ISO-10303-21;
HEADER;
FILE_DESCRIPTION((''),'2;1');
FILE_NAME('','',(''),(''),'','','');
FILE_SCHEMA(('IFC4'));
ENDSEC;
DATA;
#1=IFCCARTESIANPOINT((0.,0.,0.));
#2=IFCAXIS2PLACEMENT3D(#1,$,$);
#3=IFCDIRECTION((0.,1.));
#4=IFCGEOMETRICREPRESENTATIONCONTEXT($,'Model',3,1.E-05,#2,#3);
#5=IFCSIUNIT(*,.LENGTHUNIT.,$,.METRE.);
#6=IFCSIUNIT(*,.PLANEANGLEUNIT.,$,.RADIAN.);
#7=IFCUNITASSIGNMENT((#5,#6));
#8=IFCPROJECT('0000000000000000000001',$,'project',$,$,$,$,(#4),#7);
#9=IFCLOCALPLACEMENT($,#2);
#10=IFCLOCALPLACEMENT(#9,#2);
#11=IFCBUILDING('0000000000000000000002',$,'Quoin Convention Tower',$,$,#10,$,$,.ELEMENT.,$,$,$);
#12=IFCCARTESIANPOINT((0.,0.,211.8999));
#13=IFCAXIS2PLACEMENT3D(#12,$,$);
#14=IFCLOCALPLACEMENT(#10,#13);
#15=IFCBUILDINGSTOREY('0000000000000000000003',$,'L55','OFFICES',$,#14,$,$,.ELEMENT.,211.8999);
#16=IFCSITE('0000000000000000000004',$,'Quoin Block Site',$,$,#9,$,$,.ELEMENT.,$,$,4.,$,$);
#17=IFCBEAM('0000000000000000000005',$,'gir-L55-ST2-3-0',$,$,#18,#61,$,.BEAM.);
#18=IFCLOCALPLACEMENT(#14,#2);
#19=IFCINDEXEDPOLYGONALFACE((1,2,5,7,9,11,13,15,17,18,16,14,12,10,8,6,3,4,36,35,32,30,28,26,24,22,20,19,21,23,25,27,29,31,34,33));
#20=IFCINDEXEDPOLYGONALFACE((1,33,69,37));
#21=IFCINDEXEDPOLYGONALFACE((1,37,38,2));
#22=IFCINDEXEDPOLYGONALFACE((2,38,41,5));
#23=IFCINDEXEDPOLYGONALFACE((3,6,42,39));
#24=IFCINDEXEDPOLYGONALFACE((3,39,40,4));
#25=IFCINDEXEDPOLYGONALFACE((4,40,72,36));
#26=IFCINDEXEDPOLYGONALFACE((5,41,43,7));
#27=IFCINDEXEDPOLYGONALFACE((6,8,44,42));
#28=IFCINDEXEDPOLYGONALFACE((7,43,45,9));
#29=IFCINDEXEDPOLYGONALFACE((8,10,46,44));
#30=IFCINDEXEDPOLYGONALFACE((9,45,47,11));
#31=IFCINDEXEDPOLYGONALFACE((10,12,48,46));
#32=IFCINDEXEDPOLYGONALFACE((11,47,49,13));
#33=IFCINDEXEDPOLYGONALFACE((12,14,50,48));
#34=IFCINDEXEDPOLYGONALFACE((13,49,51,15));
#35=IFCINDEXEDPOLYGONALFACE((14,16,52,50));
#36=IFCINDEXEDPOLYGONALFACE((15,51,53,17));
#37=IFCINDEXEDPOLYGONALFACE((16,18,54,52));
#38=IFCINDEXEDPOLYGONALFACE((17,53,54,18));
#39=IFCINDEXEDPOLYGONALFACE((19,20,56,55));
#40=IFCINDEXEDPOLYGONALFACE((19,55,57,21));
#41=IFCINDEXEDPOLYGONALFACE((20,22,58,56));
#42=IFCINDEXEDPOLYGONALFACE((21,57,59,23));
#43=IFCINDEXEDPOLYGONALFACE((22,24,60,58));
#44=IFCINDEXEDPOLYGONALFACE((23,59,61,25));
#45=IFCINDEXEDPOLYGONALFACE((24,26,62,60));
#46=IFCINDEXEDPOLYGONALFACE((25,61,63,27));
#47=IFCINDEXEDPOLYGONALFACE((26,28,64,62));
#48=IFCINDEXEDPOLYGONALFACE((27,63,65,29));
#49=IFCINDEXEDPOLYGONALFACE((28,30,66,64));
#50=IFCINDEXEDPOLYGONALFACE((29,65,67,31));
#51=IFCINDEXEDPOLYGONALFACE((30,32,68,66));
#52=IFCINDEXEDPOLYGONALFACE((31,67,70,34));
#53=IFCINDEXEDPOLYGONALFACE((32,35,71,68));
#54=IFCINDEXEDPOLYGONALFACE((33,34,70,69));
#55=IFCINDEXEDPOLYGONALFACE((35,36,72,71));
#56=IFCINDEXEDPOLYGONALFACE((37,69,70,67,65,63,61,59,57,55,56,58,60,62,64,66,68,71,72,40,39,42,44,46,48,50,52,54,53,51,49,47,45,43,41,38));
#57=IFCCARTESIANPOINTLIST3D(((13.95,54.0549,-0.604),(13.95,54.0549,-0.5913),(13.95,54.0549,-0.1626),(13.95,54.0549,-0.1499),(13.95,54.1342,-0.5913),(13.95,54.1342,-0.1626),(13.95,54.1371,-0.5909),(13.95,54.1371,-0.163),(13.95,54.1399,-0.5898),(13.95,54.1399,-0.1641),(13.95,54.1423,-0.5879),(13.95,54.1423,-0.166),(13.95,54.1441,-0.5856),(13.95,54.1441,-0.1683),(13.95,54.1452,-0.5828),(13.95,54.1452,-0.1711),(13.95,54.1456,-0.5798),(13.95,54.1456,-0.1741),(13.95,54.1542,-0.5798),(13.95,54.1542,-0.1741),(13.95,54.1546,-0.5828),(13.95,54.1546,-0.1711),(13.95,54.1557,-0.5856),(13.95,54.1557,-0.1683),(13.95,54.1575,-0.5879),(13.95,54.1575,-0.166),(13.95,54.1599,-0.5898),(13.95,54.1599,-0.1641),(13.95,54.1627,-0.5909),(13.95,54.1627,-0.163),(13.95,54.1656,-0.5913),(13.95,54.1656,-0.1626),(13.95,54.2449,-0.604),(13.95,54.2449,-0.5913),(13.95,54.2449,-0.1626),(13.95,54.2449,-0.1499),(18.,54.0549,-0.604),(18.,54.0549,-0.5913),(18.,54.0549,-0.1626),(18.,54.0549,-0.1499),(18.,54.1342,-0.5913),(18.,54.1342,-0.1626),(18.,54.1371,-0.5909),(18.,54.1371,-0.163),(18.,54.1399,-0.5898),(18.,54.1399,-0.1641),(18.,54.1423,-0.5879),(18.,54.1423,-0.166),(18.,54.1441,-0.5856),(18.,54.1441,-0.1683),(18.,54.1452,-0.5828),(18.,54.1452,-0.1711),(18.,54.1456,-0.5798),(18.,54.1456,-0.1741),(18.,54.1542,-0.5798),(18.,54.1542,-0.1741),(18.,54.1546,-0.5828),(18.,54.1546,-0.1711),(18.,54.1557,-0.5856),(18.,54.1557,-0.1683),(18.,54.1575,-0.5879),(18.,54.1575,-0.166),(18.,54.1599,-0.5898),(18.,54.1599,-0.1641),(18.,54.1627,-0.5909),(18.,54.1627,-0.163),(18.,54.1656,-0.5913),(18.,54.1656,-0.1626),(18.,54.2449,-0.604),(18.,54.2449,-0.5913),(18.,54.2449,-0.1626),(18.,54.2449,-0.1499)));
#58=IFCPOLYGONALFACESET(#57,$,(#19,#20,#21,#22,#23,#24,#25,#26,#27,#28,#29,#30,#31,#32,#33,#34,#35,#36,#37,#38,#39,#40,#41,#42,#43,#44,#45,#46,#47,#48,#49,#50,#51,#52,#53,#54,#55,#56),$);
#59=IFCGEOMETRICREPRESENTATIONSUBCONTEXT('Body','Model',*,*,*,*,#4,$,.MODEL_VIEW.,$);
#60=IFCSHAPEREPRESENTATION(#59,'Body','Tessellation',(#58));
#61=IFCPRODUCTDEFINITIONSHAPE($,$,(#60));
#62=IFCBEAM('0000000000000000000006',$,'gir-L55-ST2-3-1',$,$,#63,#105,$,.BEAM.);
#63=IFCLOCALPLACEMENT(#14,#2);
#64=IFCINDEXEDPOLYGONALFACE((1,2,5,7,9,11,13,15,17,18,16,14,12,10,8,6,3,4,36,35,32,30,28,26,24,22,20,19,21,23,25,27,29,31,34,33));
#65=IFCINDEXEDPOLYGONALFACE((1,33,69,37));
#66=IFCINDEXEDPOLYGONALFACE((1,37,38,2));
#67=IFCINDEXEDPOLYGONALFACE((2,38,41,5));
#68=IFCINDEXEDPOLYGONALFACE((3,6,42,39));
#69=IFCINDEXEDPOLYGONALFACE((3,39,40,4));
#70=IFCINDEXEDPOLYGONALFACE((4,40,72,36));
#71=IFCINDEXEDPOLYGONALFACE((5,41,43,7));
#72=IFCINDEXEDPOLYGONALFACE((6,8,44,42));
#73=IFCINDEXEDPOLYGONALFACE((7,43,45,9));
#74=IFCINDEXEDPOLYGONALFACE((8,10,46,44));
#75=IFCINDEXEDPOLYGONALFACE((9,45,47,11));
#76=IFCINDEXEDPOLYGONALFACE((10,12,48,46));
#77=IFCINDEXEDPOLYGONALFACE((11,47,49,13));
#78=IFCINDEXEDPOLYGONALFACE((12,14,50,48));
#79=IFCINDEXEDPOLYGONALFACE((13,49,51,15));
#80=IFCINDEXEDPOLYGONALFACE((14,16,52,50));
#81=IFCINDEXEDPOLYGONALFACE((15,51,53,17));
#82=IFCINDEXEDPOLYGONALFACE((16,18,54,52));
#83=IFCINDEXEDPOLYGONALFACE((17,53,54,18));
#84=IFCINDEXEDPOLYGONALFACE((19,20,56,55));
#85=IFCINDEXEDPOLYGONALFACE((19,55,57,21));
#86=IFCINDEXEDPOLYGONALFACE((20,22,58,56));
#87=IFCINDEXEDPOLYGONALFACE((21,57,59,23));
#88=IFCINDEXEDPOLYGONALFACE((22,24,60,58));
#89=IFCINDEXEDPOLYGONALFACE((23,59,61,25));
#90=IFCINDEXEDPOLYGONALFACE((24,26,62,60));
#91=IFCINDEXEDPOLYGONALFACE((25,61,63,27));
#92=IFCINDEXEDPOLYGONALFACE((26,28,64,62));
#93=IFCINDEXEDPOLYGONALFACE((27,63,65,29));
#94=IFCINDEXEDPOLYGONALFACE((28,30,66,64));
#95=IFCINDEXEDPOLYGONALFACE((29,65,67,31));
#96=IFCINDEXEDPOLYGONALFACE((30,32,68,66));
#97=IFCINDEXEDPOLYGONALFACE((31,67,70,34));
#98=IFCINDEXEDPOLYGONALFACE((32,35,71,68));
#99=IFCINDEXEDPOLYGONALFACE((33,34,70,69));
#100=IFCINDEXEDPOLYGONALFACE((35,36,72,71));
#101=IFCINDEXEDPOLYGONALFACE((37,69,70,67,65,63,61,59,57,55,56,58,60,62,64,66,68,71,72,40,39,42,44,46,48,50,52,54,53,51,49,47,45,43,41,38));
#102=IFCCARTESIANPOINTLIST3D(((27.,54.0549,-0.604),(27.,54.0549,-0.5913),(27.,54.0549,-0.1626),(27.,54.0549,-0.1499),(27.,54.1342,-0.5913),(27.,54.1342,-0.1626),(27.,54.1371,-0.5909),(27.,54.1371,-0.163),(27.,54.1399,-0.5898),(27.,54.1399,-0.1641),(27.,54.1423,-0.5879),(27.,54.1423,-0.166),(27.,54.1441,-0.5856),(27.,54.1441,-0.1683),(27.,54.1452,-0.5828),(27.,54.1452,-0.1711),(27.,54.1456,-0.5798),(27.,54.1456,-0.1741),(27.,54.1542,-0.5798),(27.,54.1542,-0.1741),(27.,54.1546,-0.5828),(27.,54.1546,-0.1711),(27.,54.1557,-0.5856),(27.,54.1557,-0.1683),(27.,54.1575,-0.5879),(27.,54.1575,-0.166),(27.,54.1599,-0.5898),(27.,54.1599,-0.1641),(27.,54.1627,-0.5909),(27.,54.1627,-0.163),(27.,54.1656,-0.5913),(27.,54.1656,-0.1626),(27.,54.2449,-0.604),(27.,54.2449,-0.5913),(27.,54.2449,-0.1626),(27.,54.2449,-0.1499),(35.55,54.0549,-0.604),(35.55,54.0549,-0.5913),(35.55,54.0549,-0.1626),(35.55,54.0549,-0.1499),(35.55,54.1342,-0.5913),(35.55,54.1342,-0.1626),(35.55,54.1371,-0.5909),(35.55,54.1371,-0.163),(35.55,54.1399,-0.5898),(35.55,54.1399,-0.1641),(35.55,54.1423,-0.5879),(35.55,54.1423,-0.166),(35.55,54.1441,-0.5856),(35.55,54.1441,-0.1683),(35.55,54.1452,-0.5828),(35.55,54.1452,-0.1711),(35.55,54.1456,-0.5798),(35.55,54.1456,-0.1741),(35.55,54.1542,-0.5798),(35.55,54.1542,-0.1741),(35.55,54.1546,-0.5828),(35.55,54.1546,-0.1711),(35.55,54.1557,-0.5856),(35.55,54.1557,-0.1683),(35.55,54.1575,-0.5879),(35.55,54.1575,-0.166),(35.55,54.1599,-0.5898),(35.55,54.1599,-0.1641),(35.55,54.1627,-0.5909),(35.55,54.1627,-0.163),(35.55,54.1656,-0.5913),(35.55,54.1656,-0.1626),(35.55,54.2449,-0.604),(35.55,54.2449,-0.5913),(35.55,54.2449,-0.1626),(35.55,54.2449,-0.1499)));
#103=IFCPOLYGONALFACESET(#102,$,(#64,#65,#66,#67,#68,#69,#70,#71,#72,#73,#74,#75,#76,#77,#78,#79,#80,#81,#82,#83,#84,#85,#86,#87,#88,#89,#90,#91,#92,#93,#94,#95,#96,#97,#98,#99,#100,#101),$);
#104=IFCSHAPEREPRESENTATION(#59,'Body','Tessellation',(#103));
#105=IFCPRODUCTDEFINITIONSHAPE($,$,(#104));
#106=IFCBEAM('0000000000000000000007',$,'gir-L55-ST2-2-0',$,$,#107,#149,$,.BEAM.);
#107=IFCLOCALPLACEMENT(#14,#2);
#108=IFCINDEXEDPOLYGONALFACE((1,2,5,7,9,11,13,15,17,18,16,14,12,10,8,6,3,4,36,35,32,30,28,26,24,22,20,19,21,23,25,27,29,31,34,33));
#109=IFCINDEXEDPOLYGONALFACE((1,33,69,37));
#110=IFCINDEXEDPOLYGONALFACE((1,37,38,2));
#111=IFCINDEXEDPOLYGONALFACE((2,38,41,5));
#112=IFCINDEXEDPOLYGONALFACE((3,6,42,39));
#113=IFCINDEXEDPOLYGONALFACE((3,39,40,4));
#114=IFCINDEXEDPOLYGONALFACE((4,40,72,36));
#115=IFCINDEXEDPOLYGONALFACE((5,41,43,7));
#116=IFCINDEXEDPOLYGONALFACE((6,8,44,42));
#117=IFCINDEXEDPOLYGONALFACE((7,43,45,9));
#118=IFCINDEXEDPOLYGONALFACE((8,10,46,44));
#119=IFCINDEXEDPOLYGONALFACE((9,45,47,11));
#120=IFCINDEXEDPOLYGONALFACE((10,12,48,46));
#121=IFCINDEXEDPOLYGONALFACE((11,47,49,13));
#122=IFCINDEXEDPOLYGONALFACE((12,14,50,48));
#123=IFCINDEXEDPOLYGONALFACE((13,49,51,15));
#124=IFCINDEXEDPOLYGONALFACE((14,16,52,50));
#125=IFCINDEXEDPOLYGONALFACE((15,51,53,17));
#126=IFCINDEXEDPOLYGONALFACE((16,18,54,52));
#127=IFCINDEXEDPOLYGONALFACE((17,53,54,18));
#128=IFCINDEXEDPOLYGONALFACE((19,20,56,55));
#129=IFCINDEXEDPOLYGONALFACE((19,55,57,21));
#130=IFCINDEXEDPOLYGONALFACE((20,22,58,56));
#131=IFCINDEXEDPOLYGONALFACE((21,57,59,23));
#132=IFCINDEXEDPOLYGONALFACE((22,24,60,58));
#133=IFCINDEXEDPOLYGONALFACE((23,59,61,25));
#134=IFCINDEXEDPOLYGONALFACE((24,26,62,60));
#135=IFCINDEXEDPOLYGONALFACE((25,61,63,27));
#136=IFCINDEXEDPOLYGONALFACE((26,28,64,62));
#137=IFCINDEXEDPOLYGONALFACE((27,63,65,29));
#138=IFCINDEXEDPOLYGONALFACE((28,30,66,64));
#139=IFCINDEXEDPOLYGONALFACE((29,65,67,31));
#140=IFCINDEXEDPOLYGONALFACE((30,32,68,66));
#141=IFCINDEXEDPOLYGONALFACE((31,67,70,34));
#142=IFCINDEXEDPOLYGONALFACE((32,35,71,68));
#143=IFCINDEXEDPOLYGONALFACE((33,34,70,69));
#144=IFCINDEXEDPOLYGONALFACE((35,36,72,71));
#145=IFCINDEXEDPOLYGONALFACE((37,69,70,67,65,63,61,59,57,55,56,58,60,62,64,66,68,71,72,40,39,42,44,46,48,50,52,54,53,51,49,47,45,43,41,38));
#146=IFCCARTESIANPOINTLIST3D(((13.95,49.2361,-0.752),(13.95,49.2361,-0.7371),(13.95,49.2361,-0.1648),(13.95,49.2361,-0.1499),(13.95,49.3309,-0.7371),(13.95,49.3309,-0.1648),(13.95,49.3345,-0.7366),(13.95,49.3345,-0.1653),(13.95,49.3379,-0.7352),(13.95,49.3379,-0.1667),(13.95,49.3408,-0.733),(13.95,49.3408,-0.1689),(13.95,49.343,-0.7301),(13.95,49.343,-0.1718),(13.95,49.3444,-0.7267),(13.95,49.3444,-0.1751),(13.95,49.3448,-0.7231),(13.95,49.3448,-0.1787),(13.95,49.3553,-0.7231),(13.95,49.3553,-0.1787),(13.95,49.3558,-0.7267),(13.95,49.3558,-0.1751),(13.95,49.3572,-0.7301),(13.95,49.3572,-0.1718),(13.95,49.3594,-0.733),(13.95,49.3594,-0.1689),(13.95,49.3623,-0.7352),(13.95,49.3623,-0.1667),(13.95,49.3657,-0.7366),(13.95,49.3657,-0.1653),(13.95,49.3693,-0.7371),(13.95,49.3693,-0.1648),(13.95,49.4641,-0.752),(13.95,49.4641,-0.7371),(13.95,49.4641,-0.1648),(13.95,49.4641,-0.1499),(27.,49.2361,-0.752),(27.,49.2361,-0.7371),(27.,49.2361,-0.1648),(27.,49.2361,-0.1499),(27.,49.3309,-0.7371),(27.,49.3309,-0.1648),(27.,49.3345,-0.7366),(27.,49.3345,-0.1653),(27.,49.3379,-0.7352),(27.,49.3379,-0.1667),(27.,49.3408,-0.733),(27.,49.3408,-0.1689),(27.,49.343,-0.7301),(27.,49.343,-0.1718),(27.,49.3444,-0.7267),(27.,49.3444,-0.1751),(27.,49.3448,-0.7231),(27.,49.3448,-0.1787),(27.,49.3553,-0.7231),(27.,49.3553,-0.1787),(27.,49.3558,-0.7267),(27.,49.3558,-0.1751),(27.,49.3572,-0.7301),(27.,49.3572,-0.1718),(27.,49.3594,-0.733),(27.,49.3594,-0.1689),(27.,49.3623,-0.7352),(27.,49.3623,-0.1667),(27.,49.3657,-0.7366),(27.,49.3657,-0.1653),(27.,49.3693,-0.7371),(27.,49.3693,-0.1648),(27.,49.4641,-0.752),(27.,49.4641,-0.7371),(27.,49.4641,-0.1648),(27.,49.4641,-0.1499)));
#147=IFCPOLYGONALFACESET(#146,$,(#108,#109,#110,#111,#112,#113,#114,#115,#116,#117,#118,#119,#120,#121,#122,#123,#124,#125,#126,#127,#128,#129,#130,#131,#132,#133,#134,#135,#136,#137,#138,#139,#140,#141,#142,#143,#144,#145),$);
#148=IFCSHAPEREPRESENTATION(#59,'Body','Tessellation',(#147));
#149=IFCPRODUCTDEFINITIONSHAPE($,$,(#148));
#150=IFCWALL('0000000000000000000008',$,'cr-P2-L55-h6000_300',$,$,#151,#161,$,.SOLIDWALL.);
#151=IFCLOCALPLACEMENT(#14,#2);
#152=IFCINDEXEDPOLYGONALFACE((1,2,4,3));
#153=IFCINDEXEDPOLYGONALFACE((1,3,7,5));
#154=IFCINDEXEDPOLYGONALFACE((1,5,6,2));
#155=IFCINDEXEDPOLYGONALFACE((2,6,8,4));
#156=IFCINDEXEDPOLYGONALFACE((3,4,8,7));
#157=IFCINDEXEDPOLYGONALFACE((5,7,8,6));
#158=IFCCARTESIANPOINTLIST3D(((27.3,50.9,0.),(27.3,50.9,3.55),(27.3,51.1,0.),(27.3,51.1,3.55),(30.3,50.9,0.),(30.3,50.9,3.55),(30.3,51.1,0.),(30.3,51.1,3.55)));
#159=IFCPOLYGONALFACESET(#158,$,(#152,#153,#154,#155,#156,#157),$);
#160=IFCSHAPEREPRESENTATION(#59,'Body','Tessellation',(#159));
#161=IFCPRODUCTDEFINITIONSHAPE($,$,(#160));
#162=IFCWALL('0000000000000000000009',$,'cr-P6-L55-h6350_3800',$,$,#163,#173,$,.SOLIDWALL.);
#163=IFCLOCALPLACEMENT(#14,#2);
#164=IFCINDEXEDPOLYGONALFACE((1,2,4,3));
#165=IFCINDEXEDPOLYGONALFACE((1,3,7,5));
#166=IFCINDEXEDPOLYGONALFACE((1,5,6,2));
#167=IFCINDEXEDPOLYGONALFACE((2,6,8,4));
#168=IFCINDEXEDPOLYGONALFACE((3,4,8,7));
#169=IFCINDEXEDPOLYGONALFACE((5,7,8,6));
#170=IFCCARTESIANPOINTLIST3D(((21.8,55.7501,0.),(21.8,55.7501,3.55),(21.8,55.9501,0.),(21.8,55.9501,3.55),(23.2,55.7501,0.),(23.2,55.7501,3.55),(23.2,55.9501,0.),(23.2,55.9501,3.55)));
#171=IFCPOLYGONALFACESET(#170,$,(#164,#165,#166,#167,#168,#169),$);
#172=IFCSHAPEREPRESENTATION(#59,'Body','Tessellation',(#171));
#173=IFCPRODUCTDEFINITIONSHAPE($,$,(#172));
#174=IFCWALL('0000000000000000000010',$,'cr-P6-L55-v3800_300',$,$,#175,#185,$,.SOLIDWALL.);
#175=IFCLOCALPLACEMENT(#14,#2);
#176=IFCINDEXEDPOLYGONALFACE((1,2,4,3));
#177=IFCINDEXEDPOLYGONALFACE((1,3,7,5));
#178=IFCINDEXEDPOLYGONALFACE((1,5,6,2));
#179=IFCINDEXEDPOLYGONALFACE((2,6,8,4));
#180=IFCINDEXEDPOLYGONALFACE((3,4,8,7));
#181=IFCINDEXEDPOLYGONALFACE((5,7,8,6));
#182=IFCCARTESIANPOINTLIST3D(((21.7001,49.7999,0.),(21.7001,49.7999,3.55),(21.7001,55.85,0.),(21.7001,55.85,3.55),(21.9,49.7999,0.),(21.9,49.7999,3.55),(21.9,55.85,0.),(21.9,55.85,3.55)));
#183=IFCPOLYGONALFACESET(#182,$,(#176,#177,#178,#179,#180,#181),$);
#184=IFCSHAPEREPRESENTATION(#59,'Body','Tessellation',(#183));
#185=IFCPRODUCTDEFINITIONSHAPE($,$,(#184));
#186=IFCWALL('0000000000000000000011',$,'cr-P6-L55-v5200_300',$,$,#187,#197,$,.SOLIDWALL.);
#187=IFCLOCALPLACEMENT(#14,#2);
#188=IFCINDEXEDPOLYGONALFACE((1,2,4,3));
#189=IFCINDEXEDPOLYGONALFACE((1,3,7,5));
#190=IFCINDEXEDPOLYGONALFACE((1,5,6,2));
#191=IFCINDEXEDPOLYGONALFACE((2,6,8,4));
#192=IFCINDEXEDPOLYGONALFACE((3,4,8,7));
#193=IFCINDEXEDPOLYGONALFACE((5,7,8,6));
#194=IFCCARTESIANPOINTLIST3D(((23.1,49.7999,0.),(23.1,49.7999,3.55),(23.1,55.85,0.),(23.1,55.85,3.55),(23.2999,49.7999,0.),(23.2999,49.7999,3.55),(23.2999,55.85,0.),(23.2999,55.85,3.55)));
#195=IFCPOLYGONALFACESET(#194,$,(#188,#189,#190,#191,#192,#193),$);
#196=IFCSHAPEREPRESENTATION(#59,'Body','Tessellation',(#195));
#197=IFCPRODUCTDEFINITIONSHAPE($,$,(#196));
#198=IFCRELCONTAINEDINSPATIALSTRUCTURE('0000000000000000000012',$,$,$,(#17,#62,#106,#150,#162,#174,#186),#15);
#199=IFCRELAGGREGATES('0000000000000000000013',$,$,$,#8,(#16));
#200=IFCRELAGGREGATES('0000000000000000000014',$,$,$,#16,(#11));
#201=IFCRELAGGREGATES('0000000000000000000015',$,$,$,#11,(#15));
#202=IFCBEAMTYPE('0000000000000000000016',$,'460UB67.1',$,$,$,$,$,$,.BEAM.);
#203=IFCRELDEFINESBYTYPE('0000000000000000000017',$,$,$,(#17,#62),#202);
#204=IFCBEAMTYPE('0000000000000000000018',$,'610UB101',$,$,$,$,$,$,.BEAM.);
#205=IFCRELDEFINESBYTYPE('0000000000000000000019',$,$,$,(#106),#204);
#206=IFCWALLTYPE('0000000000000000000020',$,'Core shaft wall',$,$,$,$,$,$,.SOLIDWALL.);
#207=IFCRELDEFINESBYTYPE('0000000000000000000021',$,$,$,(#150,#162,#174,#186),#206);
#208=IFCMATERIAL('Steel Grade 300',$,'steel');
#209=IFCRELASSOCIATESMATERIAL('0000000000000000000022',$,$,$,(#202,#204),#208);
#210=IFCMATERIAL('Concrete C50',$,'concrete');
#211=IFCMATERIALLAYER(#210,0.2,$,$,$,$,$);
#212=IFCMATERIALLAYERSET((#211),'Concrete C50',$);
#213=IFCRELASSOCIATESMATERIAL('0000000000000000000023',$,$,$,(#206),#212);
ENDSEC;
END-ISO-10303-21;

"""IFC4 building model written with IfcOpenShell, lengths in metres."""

from ifc_helpers import new_model, si_unit, direction, frame, frame_2d, origin, origin_2d, place, context, subcontext, project, spatial, rectangle, i_section, extrude, material, layer, layer_set, material_profile, profile_set, type_object, element, save


model = new_model("IFC4")

# Units and contexts
model_context = context("Model", 3, precision=1e-05, world=origin(), true_north=direction((0.0, 1.0)))
body_context = subcontext(model_context, "Body", "Model", "MODEL_VIEW")
ifc_project = project(units=[si_unit("LENGTHUNIT", "METRE"), si_unit("PLANEANGLEUNIT", "RADIAN")], contexts=[model_context])

# Site, building, storey
site_placement = place(None, origin())
site = spatial("IfcSite", under=ifc_project, at=site_placement, Name="Quoin Block Site", CompositionType="ELEMENT", RefElevation=4.0)
building_placement = place(site_placement, origin())
building = spatial("IfcBuilding", under=site, at=building_placement, Name="Quoin Convention Tower", CompositionType="ELEMENT")
storey_placement = place(building_placement, frame((0.0, 0.0, 211.8999)))
storey = spatial("IfcBuildingStorey", under=building, at=storey_placement, Name="L55", Description="OFFICES", CompositionType="ELEMENT", Elevation=211.8999)

# Shared definitions
ifc_material_1 = material(Name="Concrete C50", Category="concrete")

# Beams
ifc_material_2 = material(Name="Steel Grade 300", Category="steel")
ifc_material_profile_1 = material_profile(ifc_material_2, i_section(OverallWidth=0.1899, OverallDepth=0.4541, WebThickness=0.0085, FlangeThickness=0.0127, FilletRadius=0.0115, at=origin_2d()), Name="460UB67.1")
ifc_profile_set_1 = profile_set([ifc_material_profile_1], Name="Steel Grade 300")
beam_type_1 = type_object("IfcBeamType", Name="460UB67.1", PredefinedType="BEAM", material=ifc_profile_set_1)
beam_1_placement = place(storey_placement, frame((13.95, 54.1499, -0.377), z_axis=(1.0, 0.0, 0.0), x_axis=(0.0, 1.0, 0.0)))
element("IfcBeam", 1, at=beam_1_placement, inside=storey, type_object=beam_type_1, Name="gir-L55-ST2-3-0", PredefinedType="BEAM", context=body_context, shape_type="SweptSolid", body=[
    extrude(i_section(OverallWidth=0.1899, OverallDepth=0.4541, WebThickness=0.0085, FlangeThickness=0.0127, FilletRadius=0.0115, at=origin_2d()), origin(), (0.0, 0.0, 1.0), 4.05),
])
beam_2_placement = place(storey_placement, frame((27.0, 54.1499, -0.377), z_axis=(1.0, 0.0, 0.0), x_axis=(0.0, 1.0, 0.0)))
element("IfcBeam", 2, at=beam_2_placement, inside=storey, type_object=beam_type_1, Name="gir-L55-ST2-3-1", PredefinedType="BEAM", context=body_context, shape_type="SweptSolid", body=[
    extrude(i_section(OverallWidth=0.1899, OverallDepth=0.4541, WebThickness=0.0085, FlangeThickness=0.0127, FilletRadius=0.0115, at=origin_2d()), origin(), (0.0, 0.0, 1.0), 8.55),
])
ifc_material_profile_2 = material_profile(ifc_material_2, i_section(OverallWidth=0.228, OverallDepth=0.6021, WebThickness=0.0105, FlangeThickness=0.0149, FilletRadius=0.0139, at=origin_2d()), Name="610UB101")
ifc_profile_set_2 = profile_set([ifc_material_profile_2], Name="Steel Grade 300")
beam_type_2 = type_object("IfcBeamType", Name="610UB101", PredefinedType="BEAM", material=ifc_profile_set_2)
beam_3_placement = place(storey_placement, frame((13.95, 49.3501, -0.4509), z_axis=(1.0, 0.0, 0.0), x_axis=(0.0, 1.0, 0.0)))
element("IfcBeam", 3, at=beam_3_placement, inside=storey, type_object=beam_type_2, Name="gir-L55-ST2-2-0", PredefinedType="BEAM", context=body_context, shape_type="SweptSolid", body=[
    extrude(i_section(OverallWidth=0.228, OverallDepth=0.6021, WebThickness=0.0105, FlangeThickness=0.0149, FilletRadius=0.0139, at=origin_2d()), origin(), (0.0, 0.0, 1.0), 13.05),
])

# Walls
ifc_layer_1 = layer(ifc_material_1, 0.2)
ifc_layer_set_1 = layer_set([ifc_layer_1], Name="Concrete C50")
wall_type_1 = type_object("IfcWallType", Name="Core shaft wall", PredefinedType="SOLIDWALL", material=ifc_layer_set_1)
wall_1_placement = place(storey_placement, frame((27.3, 51.0, 0.0), z_axis=(0.0, 0.0, 1.0), x_axis=(1.0, 0.0, 0.0)))
element("IfcWall", 4, at=wall_1_placement, inside=storey, type_object=wall_type_1, Name="cr-P2-L55-h6000_300", PredefinedType="SOLIDWALL", context=body_context, shape_type="SweptSolid", body=[
    extrude(rectangle(XDim=3.0, YDim=0.2, at=frame_2d((1.5, 0.0))), origin(), (0.0, 0.0, 1.0), 3.55),
])
wall_2_placement = place(storey_placement, frame((21.8, 55.8501, 0.0), z_axis=(0.0, 0.0, 1.0), x_axis=(1.0, 0.0, 0.0)))
element("IfcWall", 5, at=wall_2_placement, inside=storey, type_object=wall_type_1, Name="cr-P6-L55-h6350_3800", PredefinedType="SOLIDWALL", context=body_context, shape_type="SweptSolid", body=[
    extrude(rectangle(XDim=1.3999, YDim=0.2, at=frame_2d((0.7, 0.0))), origin(), (0.0, 0.0, 1.0), 3.55),
])
for number, where, z_axis, x_axis, name in (
    (6, (21.8, 49.8, 0.0), (0.0, 0.0, 1.0), (0.0, 1.0, 0.0), "cr-P6-L55-v3800_300"),
    (7, (23.2, 49.8, 0.0), (0.0, 0.0, 1.0), (0.0, 1.0, 0.0), "cr-P6-L55-v5200_300"),
):
    element("IfcWall", number, at=place(storey_placement, frame(where, z_axis=z_axis, x_axis=x_axis)), inside=storey, type_object=wall_type_1, Name=name, PredefinedType="SOLIDWALL", context=body_context, shape_type="SweptSolid", body=[
        extrude(rectangle(XDim=6.05, YDim=0.2, at=frame_2d((3.0249, 0.0))), origin(), (0.0, 0.0, 1.0), 3.55),
    ])

save(model, "model.ifc")
